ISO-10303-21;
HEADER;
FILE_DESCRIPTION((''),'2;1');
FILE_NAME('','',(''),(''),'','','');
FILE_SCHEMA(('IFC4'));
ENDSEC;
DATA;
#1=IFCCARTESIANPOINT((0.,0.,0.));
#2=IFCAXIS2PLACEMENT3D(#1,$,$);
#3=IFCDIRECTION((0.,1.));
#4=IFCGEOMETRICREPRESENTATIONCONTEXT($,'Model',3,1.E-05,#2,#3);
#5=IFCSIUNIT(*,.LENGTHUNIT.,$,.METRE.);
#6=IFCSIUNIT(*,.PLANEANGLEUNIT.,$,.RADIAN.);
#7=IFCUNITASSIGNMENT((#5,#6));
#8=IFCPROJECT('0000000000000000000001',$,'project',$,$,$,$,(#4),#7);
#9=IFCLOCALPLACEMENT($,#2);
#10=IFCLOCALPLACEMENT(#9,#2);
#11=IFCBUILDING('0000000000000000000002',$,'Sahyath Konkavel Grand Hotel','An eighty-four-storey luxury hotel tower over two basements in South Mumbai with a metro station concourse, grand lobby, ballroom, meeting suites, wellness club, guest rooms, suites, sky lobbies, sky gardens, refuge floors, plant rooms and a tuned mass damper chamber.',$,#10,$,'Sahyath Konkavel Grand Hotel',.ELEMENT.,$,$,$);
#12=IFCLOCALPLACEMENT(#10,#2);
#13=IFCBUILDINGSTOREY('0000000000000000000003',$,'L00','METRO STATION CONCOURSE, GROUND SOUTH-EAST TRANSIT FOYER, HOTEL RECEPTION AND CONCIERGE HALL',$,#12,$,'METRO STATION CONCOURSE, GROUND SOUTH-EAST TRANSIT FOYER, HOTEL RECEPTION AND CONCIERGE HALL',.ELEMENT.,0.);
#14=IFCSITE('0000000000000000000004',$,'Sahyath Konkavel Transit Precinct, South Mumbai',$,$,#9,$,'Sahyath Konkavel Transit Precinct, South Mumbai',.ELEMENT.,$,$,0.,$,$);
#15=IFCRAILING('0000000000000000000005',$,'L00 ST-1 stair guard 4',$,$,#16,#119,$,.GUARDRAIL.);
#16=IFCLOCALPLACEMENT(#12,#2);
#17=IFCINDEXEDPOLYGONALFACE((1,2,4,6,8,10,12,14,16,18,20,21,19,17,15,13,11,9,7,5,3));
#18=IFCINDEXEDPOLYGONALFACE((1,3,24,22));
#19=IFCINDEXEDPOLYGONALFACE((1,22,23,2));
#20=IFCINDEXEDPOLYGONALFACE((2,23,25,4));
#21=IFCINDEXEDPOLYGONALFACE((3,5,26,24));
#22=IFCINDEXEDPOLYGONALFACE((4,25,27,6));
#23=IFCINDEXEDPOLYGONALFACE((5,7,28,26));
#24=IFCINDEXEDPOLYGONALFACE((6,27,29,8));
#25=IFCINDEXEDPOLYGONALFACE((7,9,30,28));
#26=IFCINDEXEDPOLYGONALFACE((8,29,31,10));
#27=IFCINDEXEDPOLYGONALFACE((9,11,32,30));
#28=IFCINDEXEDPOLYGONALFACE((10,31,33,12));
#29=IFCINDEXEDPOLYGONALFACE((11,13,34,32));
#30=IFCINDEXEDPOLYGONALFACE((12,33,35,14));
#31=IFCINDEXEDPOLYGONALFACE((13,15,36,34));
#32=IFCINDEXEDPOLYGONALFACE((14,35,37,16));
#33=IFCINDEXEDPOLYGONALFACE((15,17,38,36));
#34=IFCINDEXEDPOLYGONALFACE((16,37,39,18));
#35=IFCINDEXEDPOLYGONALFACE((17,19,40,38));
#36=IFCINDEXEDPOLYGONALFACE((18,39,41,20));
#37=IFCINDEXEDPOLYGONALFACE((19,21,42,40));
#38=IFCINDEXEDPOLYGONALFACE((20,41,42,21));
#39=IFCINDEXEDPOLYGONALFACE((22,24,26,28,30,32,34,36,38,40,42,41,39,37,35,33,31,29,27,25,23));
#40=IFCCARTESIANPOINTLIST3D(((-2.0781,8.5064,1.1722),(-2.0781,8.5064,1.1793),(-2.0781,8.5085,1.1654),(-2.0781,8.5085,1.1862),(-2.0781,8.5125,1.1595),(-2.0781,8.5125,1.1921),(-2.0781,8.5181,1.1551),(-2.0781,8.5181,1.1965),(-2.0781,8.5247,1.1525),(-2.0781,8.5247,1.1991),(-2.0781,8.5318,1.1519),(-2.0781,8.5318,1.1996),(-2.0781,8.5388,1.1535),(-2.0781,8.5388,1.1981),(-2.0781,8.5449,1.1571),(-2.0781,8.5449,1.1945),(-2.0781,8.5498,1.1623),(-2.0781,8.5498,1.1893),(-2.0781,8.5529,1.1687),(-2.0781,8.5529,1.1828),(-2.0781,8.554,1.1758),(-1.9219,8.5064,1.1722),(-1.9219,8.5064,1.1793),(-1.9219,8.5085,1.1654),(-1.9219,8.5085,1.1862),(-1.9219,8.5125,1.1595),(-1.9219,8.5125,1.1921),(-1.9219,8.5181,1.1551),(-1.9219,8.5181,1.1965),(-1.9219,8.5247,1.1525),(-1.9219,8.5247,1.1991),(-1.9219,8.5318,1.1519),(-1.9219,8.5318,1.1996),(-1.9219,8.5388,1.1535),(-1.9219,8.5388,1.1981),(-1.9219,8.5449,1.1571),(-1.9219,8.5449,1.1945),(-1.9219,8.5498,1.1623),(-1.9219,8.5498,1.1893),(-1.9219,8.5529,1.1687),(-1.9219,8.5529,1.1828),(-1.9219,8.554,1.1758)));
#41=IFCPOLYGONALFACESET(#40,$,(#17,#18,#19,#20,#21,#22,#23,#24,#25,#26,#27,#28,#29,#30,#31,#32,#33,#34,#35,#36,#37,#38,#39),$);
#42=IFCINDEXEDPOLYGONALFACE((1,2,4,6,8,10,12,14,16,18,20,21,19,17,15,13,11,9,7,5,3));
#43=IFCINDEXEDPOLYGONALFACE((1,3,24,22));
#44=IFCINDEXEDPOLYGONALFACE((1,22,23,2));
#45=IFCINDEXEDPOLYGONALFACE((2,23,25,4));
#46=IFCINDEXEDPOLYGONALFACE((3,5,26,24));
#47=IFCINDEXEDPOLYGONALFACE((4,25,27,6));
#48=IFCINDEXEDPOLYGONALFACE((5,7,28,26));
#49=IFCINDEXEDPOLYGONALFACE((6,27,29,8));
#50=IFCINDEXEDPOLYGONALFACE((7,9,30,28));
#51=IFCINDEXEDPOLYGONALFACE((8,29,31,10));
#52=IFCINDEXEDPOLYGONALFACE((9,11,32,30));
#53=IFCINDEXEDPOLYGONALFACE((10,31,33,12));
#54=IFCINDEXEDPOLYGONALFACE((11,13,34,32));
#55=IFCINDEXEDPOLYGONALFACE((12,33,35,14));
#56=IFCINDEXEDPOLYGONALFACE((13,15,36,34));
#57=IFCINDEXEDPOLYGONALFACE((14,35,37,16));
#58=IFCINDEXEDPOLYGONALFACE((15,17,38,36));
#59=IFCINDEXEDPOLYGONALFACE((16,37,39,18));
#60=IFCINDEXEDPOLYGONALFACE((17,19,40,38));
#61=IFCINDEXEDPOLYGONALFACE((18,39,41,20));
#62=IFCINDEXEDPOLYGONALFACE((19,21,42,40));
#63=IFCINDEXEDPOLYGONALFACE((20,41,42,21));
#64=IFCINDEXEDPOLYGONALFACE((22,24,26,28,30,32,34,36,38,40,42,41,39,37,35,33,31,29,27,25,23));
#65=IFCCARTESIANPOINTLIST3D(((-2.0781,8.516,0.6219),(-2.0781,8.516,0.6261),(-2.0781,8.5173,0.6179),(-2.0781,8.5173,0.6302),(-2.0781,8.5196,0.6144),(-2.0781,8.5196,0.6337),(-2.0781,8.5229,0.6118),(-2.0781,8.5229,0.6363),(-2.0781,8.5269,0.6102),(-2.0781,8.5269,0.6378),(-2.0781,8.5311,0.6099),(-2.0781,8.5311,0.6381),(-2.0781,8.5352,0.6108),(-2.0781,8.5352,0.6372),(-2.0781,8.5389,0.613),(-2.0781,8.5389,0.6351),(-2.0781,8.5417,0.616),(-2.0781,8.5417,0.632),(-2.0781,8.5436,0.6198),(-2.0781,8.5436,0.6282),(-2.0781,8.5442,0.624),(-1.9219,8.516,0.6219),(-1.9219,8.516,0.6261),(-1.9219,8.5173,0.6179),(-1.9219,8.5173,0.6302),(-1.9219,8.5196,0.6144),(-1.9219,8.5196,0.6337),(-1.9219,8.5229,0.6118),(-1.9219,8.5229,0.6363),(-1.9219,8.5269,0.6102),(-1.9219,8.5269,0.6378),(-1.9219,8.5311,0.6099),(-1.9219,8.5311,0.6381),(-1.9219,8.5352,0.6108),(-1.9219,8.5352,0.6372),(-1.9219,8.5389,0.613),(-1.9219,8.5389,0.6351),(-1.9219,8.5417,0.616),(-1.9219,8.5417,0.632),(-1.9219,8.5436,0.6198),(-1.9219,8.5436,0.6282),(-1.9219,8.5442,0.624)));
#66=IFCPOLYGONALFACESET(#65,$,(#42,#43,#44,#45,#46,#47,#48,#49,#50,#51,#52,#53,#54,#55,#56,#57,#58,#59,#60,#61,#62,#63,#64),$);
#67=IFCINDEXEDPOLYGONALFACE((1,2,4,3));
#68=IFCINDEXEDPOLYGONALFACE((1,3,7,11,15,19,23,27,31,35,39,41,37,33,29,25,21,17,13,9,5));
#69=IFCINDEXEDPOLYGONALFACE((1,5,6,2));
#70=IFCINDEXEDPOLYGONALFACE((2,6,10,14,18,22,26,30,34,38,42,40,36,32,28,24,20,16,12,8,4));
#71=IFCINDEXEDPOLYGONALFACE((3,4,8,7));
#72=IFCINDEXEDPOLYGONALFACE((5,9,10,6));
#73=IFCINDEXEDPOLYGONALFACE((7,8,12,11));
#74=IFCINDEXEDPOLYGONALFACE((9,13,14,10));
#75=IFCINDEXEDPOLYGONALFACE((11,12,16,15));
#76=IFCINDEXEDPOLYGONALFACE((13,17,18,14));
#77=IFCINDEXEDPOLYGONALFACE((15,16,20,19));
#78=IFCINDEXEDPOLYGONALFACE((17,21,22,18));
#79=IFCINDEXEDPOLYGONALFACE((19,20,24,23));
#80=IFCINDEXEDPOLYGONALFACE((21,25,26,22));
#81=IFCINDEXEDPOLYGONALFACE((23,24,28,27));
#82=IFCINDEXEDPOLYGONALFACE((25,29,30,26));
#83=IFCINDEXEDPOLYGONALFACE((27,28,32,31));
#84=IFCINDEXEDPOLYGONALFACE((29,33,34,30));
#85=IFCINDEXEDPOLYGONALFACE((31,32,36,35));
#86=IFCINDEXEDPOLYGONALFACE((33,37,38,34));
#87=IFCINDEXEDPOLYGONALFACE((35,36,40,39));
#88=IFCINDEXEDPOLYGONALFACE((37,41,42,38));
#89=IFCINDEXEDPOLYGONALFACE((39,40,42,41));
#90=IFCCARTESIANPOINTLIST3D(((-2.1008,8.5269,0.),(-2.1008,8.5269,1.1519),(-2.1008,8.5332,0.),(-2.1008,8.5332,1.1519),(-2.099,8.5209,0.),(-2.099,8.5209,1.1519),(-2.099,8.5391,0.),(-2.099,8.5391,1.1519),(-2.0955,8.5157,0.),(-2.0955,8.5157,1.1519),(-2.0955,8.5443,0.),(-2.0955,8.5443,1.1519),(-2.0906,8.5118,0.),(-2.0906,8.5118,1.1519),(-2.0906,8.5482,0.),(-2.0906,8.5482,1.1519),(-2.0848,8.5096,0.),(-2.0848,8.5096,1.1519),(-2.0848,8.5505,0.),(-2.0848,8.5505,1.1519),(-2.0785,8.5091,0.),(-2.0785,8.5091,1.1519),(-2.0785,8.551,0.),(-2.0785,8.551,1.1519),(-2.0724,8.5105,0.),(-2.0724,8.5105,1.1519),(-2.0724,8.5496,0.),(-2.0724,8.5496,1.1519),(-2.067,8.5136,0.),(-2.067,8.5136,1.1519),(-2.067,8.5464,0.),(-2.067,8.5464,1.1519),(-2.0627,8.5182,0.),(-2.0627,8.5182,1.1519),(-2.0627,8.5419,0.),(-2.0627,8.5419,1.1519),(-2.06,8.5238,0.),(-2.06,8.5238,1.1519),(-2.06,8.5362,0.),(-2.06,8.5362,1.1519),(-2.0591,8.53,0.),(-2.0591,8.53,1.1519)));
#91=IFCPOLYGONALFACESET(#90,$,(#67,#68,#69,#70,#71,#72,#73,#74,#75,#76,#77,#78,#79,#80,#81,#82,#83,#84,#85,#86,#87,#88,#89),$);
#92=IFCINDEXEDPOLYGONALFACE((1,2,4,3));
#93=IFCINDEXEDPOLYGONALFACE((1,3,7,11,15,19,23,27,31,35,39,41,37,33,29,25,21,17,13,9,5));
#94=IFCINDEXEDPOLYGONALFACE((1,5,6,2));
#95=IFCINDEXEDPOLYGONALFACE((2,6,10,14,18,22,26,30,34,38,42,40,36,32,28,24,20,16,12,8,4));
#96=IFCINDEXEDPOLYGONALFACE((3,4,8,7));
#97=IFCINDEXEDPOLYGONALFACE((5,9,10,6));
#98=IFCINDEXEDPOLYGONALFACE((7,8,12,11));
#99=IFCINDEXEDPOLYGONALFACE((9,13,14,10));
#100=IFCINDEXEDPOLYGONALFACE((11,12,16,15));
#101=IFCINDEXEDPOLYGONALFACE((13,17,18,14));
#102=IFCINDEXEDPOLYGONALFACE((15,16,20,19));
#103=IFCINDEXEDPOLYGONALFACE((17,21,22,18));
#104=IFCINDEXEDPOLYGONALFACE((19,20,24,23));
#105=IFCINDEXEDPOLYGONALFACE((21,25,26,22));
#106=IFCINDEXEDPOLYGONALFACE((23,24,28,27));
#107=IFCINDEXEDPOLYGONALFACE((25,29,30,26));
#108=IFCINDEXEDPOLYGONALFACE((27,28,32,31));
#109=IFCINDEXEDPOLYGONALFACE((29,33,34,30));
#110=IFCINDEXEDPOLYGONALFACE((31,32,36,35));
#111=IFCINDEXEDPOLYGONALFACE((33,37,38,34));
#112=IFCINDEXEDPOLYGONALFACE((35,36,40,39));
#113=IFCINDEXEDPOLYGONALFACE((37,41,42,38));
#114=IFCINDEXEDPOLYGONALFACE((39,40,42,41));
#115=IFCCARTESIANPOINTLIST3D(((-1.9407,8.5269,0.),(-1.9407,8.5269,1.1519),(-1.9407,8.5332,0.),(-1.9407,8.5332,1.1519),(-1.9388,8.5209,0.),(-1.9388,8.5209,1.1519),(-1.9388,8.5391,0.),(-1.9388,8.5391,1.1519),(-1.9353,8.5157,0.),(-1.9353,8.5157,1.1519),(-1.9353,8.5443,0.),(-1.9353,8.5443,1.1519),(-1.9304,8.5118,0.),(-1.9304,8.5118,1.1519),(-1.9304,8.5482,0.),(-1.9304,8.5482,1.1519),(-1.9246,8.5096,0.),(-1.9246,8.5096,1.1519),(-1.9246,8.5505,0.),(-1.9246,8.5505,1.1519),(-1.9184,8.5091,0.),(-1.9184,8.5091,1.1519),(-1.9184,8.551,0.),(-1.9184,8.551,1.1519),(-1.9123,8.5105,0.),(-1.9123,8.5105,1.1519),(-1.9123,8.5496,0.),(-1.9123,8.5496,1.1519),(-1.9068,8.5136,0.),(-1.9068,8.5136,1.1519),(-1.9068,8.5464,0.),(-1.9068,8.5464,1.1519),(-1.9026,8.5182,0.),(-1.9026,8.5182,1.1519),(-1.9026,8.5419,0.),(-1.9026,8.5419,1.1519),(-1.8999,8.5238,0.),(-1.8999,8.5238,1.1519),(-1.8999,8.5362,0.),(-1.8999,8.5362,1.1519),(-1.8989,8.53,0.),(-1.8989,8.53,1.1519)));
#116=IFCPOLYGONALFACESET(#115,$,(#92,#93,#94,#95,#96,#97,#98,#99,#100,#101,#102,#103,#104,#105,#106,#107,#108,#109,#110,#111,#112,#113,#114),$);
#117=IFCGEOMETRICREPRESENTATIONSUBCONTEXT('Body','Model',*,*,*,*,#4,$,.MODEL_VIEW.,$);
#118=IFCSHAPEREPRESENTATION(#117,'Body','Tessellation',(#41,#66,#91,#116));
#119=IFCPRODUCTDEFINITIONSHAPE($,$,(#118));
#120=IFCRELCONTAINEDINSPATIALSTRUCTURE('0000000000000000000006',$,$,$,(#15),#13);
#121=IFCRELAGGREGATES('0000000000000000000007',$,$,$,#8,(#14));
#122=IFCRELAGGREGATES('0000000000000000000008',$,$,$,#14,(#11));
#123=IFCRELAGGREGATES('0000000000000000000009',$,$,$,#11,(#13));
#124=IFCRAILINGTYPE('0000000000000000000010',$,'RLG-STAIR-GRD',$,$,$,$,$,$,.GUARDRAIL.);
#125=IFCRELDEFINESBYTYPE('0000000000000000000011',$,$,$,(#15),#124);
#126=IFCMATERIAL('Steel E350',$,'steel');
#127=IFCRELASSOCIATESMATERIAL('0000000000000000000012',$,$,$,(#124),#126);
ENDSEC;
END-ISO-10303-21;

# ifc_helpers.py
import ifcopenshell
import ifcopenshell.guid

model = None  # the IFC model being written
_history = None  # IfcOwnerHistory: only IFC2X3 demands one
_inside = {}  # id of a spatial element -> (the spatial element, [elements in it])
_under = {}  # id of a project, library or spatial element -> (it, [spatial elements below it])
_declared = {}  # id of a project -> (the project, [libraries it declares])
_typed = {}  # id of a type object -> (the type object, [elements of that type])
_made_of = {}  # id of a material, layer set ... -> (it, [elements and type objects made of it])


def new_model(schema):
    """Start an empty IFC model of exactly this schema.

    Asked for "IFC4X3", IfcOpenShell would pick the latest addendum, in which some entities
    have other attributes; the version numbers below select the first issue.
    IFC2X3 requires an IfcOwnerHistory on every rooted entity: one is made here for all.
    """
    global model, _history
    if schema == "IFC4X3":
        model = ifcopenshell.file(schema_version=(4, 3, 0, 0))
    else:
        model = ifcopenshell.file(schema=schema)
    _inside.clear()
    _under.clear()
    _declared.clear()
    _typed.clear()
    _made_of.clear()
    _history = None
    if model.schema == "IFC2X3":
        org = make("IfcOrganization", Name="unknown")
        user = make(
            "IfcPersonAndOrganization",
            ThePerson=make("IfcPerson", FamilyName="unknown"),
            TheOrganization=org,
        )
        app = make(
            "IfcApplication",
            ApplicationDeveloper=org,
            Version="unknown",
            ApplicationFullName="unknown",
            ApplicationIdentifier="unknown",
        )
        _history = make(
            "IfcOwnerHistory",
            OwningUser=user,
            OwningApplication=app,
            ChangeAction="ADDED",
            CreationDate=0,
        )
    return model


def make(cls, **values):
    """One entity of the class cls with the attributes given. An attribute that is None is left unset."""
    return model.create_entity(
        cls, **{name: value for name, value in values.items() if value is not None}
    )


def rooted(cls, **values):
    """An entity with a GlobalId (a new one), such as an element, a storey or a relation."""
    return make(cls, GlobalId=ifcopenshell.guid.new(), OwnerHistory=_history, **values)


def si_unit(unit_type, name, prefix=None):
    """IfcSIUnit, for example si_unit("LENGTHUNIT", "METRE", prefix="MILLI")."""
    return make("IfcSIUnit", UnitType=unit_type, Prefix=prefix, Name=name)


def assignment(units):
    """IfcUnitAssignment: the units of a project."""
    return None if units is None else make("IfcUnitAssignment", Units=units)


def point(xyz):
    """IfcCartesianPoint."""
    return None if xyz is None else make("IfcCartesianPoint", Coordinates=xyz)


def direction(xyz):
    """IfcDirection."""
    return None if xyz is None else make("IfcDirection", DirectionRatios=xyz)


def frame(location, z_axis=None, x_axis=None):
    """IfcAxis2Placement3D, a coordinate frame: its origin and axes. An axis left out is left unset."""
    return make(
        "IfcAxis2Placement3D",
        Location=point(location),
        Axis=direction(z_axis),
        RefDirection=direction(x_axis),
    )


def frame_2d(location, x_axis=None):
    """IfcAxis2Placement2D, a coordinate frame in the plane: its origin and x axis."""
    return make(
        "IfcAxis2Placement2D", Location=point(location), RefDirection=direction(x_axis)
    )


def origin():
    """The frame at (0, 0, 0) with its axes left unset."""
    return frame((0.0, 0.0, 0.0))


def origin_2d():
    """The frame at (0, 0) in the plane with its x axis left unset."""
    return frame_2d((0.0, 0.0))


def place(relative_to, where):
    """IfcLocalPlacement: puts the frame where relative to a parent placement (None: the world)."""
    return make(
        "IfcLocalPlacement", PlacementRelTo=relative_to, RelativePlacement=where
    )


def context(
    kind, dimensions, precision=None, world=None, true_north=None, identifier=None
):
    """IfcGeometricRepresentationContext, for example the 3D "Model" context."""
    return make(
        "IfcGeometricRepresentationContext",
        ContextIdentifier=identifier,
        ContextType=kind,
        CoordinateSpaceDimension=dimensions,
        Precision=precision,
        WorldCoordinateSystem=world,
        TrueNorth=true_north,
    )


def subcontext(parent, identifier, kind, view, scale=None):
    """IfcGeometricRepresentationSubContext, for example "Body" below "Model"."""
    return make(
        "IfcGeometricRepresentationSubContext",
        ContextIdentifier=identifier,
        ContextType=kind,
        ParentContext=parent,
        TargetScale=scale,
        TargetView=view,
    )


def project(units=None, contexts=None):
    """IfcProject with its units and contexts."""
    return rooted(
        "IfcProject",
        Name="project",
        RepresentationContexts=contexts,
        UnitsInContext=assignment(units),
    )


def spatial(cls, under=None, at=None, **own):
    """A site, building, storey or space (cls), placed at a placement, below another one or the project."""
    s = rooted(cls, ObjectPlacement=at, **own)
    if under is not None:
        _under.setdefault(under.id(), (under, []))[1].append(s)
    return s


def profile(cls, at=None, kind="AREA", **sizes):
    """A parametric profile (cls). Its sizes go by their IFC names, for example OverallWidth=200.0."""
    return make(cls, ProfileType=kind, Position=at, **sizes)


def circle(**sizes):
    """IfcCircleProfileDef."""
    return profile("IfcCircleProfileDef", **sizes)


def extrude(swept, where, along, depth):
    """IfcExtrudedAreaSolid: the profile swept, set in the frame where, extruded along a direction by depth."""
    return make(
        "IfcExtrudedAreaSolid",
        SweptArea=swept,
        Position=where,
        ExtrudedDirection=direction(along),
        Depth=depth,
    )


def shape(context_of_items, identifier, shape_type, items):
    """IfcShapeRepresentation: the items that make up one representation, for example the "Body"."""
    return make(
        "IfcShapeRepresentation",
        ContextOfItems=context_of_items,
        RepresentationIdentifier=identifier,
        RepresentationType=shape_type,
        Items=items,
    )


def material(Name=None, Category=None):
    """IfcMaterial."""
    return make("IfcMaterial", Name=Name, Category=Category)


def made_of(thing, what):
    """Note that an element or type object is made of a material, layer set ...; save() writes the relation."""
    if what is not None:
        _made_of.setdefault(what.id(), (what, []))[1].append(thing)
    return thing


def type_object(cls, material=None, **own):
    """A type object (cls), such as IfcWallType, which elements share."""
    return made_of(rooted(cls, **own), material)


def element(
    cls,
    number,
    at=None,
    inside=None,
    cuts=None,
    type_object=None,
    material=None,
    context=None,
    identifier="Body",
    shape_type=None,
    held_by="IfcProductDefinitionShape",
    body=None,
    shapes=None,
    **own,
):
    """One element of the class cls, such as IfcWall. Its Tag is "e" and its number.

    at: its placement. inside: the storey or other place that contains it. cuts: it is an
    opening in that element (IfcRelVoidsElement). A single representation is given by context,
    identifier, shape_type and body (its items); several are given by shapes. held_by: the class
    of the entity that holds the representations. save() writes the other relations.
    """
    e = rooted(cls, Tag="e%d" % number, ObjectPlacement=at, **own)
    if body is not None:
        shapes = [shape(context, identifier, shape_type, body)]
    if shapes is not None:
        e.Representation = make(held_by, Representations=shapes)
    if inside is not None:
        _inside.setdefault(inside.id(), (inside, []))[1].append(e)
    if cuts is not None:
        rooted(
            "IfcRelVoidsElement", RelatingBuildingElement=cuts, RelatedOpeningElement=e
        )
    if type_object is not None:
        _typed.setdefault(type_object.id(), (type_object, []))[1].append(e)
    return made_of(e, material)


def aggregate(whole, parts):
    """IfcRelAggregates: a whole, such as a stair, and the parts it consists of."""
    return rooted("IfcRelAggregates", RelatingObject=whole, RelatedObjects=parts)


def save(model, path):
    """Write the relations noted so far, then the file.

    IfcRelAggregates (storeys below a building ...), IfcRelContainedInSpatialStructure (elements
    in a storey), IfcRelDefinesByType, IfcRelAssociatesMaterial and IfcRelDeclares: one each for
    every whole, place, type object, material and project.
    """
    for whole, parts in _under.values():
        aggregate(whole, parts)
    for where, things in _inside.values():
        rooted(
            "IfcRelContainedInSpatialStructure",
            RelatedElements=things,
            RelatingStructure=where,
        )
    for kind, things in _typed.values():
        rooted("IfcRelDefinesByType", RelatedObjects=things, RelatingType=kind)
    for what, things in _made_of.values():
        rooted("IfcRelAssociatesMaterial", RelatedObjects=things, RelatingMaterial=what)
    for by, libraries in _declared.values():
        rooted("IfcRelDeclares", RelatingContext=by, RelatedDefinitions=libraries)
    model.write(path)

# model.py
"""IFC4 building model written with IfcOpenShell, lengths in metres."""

from ifc_helpers import new_model, si_unit, direction, frame, origin, origin_2d, place, context, subcontext, project, spatial, circle, extrude, material, type_object, element, save


model = new_model("IFC4")

# Units and contexts
model_context = context("Model", 3, precision=1e-05, world=origin(), true_north=direction((0.0, 1.0)))
body_context = subcontext(model_context, "Body", "Model", "MODEL_VIEW")
ifc_project = project(units=[si_unit("LENGTHUNIT", "METRE"), si_unit("PLANEANGLEUNIT", "RADIAN")], contexts=[model_context])

# Site, building, storey
site_placement = place(None, origin())
site = spatial("IfcSite", under=ifc_project, at=site_placement, Name="Sahyath Konkavel Transit Precinct, South Mumbai", LongName="Sahyath Konkavel Transit Precinct, South Mumbai", CompositionType="ELEMENT", RefElevation=0.0)
building_placement = place(site_placement, origin())
building = spatial("IfcBuilding", under=site, at=building_placement, Name="Sahyath Konkavel Grand Hotel", Description="An eighty-four-storey luxury hotel tower over two basements in South Mumbai with a metro station concourse, grand lobby, ballroom, meeting suites, wellness club, guest rooms, suites, sky lobbies, sky gardens, refuge floors, plant rooms and a tuned mass damper chamber.", LongName="Sahyath Konkavel Grand Hotel", CompositionType="ELEMENT")
storey_placement = place(building_placement, origin())
storey = spatial("IfcBuildingStorey", under=building, at=storey_placement, Name="L00", Description="METRO STATION CONCOURSE, GROUND SOUTH-EAST TRANSIT FOYER, HOTEL RECEPTION AND CONCIERGE HALL", LongName="METRO STATION CONCOURSE, GROUND SOUTH-EAST TRANSIT FOYER, HOTEL RECEPTION AND CONCIERGE HALL", CompositionType="ELEMENT", Elevation=0.0)

# Shared definitions
ifc_material_1 = material(Name="Steel E350", Category="steel")

# Railing
railing_type_1 = type_object("IfcRailingType", Name="RLG-STAIR-GRD", PredefinedType="GUARDRAIL", material=ifc_material_1)
railing_1_placement = place(storey_placement, frame((-2.0801, 8.53, 0.0)))
element("IfcRailing", 1, at=railing_1_placement, inside=storey, type_object=railing_type_1, Name="L00 ST-1 stair guard 4", PredefinedType="GUARDRAIL", context=body_context, shape_type="SweptSolid", body=[
    extrude(circle(Radius=0.0239, at=origin_2d()), frame((0.002, 0.0, 1.1758), z_axis=(1.0, 0.0, 0.0), x_axis=(0.0, 1.0, 0.0)), (0.0, 0.0, 1.0), 0.1562),
    extrude(circle(Radius=0.0142, at=origin_2d()), frame((0.002, 0.0, 0.624), z_axis=(1.0, 0.0, 0.0), x_axis=(0.0, 1.0, 0.0)), (0.0, 0.0, 1.0), 0.1562),
    extrude(circle(Radius=0.021, at=origin_2d()), origin(), (0.0, 0.0, 1.0), 1.1519),
    extrude(circle(Radius=0.021, at=origin_2d()), frame((0.1602, 0.0, 0.0)), (0.0, 0.0, 1.0), 1.1519),
])

save(model, "model.ifc")
